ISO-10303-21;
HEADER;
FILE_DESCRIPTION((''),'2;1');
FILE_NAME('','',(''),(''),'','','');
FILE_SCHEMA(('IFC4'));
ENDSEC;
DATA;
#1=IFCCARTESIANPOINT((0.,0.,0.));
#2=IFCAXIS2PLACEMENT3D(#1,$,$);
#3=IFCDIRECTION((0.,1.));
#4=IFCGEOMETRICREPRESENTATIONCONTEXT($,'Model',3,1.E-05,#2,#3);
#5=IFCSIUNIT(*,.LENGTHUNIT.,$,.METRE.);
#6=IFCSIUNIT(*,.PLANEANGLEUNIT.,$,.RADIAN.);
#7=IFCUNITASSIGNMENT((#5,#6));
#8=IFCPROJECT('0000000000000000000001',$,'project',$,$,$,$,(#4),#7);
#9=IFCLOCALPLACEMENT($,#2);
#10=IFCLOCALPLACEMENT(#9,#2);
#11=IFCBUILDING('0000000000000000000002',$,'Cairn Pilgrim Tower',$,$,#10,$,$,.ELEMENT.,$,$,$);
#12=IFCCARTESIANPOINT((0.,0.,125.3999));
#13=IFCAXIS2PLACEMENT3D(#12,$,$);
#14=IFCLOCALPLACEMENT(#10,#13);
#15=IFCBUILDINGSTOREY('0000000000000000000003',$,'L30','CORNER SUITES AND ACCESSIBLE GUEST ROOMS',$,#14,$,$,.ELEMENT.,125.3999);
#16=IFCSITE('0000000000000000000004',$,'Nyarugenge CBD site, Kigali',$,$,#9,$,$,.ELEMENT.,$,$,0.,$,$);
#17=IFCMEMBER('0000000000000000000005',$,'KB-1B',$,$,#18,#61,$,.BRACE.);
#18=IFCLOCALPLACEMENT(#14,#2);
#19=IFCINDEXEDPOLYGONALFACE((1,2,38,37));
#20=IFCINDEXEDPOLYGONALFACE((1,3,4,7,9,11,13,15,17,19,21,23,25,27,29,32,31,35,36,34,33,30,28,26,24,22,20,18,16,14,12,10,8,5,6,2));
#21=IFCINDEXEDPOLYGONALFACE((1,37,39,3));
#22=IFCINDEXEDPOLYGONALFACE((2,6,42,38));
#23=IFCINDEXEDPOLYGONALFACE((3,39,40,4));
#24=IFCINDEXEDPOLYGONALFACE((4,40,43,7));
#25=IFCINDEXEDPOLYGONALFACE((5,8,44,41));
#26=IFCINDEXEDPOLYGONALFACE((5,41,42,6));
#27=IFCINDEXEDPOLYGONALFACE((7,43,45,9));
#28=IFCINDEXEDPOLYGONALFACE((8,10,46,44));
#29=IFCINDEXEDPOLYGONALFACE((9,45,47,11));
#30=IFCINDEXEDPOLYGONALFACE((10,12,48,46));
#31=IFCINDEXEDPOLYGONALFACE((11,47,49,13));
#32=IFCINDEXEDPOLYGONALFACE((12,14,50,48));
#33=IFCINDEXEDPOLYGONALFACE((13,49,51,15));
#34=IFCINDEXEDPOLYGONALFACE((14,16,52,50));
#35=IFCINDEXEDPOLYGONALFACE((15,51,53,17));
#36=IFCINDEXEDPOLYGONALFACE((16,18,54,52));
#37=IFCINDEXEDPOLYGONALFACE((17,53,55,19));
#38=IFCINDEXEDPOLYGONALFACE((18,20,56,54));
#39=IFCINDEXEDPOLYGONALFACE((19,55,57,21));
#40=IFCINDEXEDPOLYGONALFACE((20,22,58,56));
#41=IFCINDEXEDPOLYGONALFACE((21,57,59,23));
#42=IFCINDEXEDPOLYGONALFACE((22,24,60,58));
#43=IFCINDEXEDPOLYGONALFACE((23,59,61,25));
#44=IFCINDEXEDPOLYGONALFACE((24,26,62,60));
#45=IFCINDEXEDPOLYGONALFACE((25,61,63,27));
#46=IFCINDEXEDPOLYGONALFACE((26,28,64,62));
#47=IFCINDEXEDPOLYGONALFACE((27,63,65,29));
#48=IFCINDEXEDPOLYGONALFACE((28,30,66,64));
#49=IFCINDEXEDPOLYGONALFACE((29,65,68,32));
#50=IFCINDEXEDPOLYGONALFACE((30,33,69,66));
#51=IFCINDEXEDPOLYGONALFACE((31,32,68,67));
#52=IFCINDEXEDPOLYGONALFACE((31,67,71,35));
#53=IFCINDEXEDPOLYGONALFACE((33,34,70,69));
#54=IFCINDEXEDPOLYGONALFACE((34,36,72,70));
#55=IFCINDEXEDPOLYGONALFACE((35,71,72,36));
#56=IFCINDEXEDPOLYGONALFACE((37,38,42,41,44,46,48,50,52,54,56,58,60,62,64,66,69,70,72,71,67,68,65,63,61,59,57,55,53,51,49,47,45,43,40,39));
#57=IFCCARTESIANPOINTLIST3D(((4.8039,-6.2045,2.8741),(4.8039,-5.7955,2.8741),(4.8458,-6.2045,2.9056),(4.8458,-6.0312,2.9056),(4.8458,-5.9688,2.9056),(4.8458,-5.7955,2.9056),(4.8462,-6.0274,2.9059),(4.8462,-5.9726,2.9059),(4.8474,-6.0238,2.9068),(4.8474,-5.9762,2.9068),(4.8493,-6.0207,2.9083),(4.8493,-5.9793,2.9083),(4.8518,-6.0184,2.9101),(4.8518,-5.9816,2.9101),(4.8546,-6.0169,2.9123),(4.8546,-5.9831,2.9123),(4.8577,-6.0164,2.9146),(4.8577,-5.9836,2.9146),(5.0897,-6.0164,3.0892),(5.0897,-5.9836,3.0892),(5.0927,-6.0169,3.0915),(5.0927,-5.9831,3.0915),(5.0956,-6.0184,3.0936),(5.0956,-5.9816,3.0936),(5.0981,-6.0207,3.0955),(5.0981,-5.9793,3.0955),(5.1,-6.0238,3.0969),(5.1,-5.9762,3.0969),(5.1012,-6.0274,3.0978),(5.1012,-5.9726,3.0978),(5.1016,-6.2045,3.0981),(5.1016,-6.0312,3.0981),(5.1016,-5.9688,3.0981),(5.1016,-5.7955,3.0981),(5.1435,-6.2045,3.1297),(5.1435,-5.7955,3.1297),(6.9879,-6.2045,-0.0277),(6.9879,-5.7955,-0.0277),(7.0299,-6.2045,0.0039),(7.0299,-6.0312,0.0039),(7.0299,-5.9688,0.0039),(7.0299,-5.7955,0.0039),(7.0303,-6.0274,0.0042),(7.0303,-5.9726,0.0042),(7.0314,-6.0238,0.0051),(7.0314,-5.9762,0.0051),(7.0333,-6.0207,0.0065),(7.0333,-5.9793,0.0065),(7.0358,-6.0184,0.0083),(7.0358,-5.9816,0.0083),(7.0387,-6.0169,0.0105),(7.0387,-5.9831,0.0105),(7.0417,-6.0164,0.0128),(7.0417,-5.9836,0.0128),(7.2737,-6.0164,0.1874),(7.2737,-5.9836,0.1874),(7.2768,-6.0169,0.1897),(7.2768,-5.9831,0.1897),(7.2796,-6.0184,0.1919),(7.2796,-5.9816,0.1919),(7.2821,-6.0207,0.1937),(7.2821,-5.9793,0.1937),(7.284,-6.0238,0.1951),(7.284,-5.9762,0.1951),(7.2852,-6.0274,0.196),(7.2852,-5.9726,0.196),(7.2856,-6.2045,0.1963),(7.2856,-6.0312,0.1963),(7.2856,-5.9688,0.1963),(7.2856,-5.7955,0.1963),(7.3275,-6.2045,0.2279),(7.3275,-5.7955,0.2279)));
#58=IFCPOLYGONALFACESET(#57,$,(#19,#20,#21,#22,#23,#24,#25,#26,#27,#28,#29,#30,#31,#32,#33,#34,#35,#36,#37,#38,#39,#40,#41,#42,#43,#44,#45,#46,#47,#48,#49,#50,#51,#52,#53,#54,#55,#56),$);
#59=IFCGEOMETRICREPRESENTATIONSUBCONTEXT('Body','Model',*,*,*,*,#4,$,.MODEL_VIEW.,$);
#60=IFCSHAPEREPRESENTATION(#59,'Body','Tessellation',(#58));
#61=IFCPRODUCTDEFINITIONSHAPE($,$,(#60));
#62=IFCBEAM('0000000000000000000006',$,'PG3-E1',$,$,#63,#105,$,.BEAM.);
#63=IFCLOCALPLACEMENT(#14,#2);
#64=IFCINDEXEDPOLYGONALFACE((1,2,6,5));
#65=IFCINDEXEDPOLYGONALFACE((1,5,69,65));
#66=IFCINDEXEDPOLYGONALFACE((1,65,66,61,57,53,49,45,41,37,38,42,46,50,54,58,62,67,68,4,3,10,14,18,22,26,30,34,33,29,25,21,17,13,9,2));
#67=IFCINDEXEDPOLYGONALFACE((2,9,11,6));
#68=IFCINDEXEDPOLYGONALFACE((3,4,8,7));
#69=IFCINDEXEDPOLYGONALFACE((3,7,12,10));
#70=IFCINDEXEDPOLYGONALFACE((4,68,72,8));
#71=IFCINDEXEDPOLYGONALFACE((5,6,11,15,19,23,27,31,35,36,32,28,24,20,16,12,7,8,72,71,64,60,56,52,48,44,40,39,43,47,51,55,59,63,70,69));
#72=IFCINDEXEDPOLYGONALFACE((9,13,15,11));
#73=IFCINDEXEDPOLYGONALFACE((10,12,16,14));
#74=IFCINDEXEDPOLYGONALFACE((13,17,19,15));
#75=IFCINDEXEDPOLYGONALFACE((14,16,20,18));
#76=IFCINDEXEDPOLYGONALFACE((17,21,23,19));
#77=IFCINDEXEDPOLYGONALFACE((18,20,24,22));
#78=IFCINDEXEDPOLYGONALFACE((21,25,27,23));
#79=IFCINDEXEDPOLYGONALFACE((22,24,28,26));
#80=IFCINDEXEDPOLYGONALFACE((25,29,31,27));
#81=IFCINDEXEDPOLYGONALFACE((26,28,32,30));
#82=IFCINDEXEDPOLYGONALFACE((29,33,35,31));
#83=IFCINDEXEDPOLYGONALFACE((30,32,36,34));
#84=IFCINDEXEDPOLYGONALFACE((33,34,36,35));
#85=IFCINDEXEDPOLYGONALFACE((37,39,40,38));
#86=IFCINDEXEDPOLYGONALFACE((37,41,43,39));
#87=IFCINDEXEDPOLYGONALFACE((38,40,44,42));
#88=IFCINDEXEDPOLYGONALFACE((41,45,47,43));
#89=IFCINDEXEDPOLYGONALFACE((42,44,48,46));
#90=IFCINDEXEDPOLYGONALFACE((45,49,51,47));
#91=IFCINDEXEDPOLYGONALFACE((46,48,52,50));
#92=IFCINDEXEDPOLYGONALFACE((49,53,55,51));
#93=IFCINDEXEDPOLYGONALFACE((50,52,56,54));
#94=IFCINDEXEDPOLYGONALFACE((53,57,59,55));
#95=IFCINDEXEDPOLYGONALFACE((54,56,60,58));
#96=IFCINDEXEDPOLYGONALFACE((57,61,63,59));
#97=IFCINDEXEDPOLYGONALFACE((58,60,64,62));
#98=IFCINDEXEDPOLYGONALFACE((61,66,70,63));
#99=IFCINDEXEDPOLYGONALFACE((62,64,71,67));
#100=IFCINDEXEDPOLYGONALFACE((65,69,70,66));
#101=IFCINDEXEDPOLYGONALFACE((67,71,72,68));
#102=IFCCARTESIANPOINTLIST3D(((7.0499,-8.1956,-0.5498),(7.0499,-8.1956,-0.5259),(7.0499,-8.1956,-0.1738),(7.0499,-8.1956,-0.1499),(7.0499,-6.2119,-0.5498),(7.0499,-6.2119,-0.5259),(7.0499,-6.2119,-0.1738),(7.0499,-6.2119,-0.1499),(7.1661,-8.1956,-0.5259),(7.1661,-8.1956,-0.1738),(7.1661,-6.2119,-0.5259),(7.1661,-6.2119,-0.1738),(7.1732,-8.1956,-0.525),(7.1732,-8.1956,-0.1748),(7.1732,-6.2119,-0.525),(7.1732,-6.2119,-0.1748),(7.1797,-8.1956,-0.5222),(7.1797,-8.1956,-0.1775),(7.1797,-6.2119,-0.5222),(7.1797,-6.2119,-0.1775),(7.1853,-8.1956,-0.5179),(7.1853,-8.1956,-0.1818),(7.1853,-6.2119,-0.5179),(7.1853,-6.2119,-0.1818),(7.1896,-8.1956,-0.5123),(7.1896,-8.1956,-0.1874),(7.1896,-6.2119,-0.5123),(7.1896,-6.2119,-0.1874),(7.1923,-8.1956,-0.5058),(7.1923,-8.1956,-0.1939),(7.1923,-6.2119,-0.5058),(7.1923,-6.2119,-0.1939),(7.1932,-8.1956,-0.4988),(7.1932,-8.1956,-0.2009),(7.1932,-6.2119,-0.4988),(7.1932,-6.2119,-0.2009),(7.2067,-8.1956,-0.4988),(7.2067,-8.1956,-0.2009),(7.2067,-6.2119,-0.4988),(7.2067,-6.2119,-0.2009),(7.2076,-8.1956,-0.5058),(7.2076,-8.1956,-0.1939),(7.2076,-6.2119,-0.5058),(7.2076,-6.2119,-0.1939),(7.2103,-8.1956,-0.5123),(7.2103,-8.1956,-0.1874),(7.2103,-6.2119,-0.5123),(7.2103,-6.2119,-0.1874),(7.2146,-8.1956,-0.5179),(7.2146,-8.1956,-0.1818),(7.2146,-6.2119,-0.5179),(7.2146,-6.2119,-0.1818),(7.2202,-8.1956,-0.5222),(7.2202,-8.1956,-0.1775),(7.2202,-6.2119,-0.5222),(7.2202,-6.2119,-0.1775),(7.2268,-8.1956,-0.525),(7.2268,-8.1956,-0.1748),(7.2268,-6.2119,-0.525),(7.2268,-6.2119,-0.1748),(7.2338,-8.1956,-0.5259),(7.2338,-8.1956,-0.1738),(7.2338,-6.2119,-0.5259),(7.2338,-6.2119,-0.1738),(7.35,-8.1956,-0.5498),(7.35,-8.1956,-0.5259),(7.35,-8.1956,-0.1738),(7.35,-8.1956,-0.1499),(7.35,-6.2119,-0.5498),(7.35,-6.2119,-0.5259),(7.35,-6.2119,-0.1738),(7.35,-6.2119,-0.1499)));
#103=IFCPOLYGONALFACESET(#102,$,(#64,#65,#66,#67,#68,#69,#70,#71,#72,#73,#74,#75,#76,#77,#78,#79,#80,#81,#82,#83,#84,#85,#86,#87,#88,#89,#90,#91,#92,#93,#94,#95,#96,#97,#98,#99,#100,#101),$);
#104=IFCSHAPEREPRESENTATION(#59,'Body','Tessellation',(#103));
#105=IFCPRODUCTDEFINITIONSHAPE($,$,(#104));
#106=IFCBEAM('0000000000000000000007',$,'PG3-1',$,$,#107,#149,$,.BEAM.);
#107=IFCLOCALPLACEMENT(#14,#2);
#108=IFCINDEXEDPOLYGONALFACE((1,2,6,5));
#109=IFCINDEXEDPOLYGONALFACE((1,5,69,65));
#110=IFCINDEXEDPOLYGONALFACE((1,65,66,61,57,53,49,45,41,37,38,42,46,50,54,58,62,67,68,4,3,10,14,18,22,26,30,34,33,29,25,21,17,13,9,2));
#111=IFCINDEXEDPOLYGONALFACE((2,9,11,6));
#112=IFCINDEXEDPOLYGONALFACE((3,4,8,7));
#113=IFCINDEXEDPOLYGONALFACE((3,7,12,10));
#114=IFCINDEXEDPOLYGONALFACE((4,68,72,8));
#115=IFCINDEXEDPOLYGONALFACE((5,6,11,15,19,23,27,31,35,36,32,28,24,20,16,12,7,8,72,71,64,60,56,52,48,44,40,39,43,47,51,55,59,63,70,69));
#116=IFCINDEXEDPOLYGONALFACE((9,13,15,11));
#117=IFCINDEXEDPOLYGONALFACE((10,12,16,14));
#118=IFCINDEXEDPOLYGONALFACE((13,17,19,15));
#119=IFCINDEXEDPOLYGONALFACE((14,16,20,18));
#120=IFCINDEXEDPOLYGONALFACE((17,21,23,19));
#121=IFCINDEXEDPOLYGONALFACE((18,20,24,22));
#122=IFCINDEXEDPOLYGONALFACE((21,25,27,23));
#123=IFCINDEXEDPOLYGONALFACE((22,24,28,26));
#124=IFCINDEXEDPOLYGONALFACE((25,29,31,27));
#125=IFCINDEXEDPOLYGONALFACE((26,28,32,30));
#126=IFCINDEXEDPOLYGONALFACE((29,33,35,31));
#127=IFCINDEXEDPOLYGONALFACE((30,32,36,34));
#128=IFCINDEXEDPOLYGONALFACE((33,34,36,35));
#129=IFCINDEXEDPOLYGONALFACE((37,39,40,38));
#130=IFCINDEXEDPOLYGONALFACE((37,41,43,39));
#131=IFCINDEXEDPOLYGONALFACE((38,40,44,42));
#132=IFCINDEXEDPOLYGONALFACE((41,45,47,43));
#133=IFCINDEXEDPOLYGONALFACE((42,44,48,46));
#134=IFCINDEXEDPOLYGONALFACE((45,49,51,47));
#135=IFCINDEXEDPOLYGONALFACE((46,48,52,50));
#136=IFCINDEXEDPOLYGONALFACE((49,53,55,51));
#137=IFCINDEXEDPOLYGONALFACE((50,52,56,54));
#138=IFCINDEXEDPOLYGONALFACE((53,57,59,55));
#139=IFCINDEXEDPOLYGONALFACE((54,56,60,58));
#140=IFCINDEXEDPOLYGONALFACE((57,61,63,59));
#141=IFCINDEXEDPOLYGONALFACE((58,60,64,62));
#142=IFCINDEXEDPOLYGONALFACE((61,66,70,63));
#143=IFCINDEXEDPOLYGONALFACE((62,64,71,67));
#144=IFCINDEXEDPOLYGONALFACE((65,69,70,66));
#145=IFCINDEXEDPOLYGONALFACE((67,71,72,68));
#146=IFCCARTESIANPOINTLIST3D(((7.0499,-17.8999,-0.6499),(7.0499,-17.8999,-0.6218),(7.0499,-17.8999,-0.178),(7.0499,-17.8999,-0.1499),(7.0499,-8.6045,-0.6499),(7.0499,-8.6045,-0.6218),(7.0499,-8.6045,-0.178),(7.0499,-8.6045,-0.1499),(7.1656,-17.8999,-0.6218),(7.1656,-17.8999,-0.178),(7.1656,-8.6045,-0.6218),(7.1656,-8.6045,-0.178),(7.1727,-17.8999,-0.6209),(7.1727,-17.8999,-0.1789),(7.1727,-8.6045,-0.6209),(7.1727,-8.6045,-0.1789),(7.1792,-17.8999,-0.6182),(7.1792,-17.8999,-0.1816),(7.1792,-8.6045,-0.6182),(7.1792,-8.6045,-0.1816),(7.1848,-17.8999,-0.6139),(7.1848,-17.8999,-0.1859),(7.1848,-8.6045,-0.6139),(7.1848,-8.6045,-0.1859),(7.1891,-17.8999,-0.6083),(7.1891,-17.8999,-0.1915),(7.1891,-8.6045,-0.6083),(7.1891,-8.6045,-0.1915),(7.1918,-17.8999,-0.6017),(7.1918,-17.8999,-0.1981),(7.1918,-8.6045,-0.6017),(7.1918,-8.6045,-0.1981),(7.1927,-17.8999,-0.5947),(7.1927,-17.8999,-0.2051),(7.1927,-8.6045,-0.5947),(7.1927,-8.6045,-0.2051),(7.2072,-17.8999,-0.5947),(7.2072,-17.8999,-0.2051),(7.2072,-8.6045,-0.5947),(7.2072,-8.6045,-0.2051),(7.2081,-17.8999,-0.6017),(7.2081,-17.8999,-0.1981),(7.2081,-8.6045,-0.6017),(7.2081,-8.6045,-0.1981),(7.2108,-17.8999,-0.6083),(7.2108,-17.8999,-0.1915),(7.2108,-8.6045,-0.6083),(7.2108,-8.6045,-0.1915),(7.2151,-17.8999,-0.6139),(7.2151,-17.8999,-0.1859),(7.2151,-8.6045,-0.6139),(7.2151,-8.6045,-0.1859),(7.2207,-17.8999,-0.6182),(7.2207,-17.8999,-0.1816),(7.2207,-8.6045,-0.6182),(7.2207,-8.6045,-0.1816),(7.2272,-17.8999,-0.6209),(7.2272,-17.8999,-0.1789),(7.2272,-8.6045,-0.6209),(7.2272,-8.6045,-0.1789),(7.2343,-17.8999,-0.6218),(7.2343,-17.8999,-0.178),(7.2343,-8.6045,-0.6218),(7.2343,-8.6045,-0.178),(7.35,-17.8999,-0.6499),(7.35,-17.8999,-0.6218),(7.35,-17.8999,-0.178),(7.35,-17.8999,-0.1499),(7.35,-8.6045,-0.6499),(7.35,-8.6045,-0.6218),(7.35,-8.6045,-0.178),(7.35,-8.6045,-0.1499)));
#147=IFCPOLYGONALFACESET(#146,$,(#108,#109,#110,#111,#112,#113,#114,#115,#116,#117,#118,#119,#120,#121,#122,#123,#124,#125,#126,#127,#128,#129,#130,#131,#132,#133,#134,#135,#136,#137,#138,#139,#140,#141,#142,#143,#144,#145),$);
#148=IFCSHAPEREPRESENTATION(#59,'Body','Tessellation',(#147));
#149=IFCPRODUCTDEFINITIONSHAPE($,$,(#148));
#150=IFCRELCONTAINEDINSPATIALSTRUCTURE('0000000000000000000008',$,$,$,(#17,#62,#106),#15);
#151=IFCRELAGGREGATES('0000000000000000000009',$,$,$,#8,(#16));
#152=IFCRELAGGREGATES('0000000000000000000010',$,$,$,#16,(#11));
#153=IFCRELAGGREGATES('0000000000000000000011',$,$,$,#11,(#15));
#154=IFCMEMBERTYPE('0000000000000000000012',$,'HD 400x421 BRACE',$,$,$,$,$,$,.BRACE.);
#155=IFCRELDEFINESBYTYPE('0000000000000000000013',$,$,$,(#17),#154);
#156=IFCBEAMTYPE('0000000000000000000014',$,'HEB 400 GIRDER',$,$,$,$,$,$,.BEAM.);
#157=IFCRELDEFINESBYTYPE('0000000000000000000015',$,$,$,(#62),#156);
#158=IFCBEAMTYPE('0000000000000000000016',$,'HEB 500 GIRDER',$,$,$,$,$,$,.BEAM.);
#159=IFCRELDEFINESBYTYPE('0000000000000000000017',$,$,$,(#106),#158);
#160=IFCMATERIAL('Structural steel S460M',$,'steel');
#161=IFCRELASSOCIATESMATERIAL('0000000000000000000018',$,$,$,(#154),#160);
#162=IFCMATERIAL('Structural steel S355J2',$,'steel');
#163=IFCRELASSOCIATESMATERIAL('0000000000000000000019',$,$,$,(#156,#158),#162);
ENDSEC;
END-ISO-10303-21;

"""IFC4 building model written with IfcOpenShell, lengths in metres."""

from ifc_helpers import new_model, si_unit, direction, frame, origin, origin_2d, place, context, subcontext, project, spatial, i_section, extrude, material, material_profile, profile_set, type_object, element, save


model = new_model("IFC4")

# Units and contexts
model_context = context("Model", 3, precision=1e-05, world=origin(), true_north=direction((0.0, 1.0)))
body_context = subcontext(model_context, "Body", "Model", "MODEL_VIEW")
ifc_project = project(units=[si_unit("LENGTHUNIT", "METRE"), si_unit("PLANEANGLEUNIT", "RADIAN")], contexts=[model_context])

# Site, building, storey
site_placement = place(None, origin())
site = spatial("IfcSite", under=ifc_project, at=site_placement, Name="Nyarugenge CBD site, Kigali", CompositionType="ELEMENT", RefElevation=0.0)
building_placement = place(site_placement, origin())
building = spatial("IfcBuilding", under=site, at=building_placement, Name="Cairn Pilgrim Tower", CompositionType="ELEMENT")
storey_placement = place(building_placement, frame((0.0, 0.0, 125.3999)))
storey = spatial("IfcBuildingStorey", under=building, at=storey_placement, Name="L30", Description="CORNER SUITES AND ACCESSIBLE GUEST ROOMS", CompositionType="ELEMENT", Elevation=125.3999)

# Shared definitions
ifc_material_1 = material(Name="Structural steel S460M", Category="steel")

# Member
ifc_material_profile_1 = material_profile(ifc_material_1, i_section(OverallWidth=0.4089, OverallDepth=0.425, WebThickness=0.0327, FlangeThickness=0.0525, FilletRadius=0.0149, at=origin_2d()), Name="HD 400x421")
ifc_profile_set_1 = profile_set([ifc_material_profile_1], Name="Structural steel S460M")
member_type_1 = type_object("IfcMemberType", Name="HD 400x421 BRACE", PredefinedType="BRACE", material=ifc_profile_set_1)
member_1_placement = place(storey_placement, frame((7.1577, -6.0, 0.1001), z_axis=(-0.601354, 0.0, 0.798982), x_axis=(0.0, -1.0, 0.0)))
element("IfcMember", 1, at=member_1_placement, inside=storey, type_object=member_type_1, Name="KB-1B", PredefinedType="BRACE", context=body_context, shape_type="SweptSolid", body=[
    extrude(i_section(OverallWidth=0.4089, OverallDepth=0.425, WebThickness=0.0327, FlangeThickness=0.0525, FilletRadius=0.0149, at=origin_2d()), origin(), (0.0, 0.0, 1.0), 3.6318),
])

# Beams
ifc_material_2 = material(Name="Structural steel S355J2", Category="steel")
ifc_material_profile_2 = material_profile(ifc_material_2, i_section(OverallWidth=0.3, OverallDepth=0.3999, WebThickness=0.0134, FlangeThickness=0.0239, FilletRadius=0.0271, at=origin_2d()), Name="HEB 400")
ifc_profile_set_2 = profile_set([ifc_material_profile_2], Name="Structural steel S355J2")
beam_type_1 = type_object("IfcBeamType", Name="HEB 400 GIRDER", PredefinedType="BEAM", material=ifc_profile_set_2)
beam_1_placement = place(storey_placement, frame((7.2, -8.1956, -0.3499), z_axis=(0.0, 1.0, 0.0), x_axis=(-1.0, 0.0, 0.0)))
element("IfcBeam", 2, at=beam_1_placement, inside=storey, type_object=beam_type_1, Name="PG3-E1", PredefinedType="BEAM", context=body_context, shape_type="SweptSolid", body=[
    extrude(i_section(OverallWidth=0.3, OverallDepth=0.3999, WebThickness=0.0134, FlangeThickness=0.0239, FilletRadius=0.0271, at=origin_2d()), origin(), (0.0, 0.0, 1.0), 1.9836),
])
ifc_material_profile_3 = material_profile(ifc_material_2, i_section(OverallWidth=0.3, OverallDepth=0.5, WebThickness=0.0144, FlangeThickness=0.0281, FilletRadius=0.0271, at=origin_2d()), Name="HEB 500")
ifc_profile_set_3 = profile_set([ifc_material_profile_3], Name="Structural steel S355J2")
beam_type_2 = type_object("IfcBeamType", Name="HEB 500 GIRDER", PredefinedType="BEAM", material=ifc_profile_set_3)
beam_2_placement = place(storey_placement, frame((7.2, -17.8999, -0.3999), z_axis=(0.0, 1.0, 0.0), x_axis=(-1.0, 0.0, 0.0)))
element("IfcBeam", 3, at=beam_2_placement, inside=storey, type_object=beam_type_2, Name="PG3-1", PredefinedType="BEAM", context=body_context, shape_type="SweptSolid", body=[
    extrude(i_section(OverallWidth=0.3, OverallDepth=0.5, WebThickness=0.0144, FlangeThickness=0.0281, FilletRadius=0.0271, at=origin_2d()), origin(), (0.0, 0.0, 1.0), 9.2954),
])

save(model, "model.ifc")
